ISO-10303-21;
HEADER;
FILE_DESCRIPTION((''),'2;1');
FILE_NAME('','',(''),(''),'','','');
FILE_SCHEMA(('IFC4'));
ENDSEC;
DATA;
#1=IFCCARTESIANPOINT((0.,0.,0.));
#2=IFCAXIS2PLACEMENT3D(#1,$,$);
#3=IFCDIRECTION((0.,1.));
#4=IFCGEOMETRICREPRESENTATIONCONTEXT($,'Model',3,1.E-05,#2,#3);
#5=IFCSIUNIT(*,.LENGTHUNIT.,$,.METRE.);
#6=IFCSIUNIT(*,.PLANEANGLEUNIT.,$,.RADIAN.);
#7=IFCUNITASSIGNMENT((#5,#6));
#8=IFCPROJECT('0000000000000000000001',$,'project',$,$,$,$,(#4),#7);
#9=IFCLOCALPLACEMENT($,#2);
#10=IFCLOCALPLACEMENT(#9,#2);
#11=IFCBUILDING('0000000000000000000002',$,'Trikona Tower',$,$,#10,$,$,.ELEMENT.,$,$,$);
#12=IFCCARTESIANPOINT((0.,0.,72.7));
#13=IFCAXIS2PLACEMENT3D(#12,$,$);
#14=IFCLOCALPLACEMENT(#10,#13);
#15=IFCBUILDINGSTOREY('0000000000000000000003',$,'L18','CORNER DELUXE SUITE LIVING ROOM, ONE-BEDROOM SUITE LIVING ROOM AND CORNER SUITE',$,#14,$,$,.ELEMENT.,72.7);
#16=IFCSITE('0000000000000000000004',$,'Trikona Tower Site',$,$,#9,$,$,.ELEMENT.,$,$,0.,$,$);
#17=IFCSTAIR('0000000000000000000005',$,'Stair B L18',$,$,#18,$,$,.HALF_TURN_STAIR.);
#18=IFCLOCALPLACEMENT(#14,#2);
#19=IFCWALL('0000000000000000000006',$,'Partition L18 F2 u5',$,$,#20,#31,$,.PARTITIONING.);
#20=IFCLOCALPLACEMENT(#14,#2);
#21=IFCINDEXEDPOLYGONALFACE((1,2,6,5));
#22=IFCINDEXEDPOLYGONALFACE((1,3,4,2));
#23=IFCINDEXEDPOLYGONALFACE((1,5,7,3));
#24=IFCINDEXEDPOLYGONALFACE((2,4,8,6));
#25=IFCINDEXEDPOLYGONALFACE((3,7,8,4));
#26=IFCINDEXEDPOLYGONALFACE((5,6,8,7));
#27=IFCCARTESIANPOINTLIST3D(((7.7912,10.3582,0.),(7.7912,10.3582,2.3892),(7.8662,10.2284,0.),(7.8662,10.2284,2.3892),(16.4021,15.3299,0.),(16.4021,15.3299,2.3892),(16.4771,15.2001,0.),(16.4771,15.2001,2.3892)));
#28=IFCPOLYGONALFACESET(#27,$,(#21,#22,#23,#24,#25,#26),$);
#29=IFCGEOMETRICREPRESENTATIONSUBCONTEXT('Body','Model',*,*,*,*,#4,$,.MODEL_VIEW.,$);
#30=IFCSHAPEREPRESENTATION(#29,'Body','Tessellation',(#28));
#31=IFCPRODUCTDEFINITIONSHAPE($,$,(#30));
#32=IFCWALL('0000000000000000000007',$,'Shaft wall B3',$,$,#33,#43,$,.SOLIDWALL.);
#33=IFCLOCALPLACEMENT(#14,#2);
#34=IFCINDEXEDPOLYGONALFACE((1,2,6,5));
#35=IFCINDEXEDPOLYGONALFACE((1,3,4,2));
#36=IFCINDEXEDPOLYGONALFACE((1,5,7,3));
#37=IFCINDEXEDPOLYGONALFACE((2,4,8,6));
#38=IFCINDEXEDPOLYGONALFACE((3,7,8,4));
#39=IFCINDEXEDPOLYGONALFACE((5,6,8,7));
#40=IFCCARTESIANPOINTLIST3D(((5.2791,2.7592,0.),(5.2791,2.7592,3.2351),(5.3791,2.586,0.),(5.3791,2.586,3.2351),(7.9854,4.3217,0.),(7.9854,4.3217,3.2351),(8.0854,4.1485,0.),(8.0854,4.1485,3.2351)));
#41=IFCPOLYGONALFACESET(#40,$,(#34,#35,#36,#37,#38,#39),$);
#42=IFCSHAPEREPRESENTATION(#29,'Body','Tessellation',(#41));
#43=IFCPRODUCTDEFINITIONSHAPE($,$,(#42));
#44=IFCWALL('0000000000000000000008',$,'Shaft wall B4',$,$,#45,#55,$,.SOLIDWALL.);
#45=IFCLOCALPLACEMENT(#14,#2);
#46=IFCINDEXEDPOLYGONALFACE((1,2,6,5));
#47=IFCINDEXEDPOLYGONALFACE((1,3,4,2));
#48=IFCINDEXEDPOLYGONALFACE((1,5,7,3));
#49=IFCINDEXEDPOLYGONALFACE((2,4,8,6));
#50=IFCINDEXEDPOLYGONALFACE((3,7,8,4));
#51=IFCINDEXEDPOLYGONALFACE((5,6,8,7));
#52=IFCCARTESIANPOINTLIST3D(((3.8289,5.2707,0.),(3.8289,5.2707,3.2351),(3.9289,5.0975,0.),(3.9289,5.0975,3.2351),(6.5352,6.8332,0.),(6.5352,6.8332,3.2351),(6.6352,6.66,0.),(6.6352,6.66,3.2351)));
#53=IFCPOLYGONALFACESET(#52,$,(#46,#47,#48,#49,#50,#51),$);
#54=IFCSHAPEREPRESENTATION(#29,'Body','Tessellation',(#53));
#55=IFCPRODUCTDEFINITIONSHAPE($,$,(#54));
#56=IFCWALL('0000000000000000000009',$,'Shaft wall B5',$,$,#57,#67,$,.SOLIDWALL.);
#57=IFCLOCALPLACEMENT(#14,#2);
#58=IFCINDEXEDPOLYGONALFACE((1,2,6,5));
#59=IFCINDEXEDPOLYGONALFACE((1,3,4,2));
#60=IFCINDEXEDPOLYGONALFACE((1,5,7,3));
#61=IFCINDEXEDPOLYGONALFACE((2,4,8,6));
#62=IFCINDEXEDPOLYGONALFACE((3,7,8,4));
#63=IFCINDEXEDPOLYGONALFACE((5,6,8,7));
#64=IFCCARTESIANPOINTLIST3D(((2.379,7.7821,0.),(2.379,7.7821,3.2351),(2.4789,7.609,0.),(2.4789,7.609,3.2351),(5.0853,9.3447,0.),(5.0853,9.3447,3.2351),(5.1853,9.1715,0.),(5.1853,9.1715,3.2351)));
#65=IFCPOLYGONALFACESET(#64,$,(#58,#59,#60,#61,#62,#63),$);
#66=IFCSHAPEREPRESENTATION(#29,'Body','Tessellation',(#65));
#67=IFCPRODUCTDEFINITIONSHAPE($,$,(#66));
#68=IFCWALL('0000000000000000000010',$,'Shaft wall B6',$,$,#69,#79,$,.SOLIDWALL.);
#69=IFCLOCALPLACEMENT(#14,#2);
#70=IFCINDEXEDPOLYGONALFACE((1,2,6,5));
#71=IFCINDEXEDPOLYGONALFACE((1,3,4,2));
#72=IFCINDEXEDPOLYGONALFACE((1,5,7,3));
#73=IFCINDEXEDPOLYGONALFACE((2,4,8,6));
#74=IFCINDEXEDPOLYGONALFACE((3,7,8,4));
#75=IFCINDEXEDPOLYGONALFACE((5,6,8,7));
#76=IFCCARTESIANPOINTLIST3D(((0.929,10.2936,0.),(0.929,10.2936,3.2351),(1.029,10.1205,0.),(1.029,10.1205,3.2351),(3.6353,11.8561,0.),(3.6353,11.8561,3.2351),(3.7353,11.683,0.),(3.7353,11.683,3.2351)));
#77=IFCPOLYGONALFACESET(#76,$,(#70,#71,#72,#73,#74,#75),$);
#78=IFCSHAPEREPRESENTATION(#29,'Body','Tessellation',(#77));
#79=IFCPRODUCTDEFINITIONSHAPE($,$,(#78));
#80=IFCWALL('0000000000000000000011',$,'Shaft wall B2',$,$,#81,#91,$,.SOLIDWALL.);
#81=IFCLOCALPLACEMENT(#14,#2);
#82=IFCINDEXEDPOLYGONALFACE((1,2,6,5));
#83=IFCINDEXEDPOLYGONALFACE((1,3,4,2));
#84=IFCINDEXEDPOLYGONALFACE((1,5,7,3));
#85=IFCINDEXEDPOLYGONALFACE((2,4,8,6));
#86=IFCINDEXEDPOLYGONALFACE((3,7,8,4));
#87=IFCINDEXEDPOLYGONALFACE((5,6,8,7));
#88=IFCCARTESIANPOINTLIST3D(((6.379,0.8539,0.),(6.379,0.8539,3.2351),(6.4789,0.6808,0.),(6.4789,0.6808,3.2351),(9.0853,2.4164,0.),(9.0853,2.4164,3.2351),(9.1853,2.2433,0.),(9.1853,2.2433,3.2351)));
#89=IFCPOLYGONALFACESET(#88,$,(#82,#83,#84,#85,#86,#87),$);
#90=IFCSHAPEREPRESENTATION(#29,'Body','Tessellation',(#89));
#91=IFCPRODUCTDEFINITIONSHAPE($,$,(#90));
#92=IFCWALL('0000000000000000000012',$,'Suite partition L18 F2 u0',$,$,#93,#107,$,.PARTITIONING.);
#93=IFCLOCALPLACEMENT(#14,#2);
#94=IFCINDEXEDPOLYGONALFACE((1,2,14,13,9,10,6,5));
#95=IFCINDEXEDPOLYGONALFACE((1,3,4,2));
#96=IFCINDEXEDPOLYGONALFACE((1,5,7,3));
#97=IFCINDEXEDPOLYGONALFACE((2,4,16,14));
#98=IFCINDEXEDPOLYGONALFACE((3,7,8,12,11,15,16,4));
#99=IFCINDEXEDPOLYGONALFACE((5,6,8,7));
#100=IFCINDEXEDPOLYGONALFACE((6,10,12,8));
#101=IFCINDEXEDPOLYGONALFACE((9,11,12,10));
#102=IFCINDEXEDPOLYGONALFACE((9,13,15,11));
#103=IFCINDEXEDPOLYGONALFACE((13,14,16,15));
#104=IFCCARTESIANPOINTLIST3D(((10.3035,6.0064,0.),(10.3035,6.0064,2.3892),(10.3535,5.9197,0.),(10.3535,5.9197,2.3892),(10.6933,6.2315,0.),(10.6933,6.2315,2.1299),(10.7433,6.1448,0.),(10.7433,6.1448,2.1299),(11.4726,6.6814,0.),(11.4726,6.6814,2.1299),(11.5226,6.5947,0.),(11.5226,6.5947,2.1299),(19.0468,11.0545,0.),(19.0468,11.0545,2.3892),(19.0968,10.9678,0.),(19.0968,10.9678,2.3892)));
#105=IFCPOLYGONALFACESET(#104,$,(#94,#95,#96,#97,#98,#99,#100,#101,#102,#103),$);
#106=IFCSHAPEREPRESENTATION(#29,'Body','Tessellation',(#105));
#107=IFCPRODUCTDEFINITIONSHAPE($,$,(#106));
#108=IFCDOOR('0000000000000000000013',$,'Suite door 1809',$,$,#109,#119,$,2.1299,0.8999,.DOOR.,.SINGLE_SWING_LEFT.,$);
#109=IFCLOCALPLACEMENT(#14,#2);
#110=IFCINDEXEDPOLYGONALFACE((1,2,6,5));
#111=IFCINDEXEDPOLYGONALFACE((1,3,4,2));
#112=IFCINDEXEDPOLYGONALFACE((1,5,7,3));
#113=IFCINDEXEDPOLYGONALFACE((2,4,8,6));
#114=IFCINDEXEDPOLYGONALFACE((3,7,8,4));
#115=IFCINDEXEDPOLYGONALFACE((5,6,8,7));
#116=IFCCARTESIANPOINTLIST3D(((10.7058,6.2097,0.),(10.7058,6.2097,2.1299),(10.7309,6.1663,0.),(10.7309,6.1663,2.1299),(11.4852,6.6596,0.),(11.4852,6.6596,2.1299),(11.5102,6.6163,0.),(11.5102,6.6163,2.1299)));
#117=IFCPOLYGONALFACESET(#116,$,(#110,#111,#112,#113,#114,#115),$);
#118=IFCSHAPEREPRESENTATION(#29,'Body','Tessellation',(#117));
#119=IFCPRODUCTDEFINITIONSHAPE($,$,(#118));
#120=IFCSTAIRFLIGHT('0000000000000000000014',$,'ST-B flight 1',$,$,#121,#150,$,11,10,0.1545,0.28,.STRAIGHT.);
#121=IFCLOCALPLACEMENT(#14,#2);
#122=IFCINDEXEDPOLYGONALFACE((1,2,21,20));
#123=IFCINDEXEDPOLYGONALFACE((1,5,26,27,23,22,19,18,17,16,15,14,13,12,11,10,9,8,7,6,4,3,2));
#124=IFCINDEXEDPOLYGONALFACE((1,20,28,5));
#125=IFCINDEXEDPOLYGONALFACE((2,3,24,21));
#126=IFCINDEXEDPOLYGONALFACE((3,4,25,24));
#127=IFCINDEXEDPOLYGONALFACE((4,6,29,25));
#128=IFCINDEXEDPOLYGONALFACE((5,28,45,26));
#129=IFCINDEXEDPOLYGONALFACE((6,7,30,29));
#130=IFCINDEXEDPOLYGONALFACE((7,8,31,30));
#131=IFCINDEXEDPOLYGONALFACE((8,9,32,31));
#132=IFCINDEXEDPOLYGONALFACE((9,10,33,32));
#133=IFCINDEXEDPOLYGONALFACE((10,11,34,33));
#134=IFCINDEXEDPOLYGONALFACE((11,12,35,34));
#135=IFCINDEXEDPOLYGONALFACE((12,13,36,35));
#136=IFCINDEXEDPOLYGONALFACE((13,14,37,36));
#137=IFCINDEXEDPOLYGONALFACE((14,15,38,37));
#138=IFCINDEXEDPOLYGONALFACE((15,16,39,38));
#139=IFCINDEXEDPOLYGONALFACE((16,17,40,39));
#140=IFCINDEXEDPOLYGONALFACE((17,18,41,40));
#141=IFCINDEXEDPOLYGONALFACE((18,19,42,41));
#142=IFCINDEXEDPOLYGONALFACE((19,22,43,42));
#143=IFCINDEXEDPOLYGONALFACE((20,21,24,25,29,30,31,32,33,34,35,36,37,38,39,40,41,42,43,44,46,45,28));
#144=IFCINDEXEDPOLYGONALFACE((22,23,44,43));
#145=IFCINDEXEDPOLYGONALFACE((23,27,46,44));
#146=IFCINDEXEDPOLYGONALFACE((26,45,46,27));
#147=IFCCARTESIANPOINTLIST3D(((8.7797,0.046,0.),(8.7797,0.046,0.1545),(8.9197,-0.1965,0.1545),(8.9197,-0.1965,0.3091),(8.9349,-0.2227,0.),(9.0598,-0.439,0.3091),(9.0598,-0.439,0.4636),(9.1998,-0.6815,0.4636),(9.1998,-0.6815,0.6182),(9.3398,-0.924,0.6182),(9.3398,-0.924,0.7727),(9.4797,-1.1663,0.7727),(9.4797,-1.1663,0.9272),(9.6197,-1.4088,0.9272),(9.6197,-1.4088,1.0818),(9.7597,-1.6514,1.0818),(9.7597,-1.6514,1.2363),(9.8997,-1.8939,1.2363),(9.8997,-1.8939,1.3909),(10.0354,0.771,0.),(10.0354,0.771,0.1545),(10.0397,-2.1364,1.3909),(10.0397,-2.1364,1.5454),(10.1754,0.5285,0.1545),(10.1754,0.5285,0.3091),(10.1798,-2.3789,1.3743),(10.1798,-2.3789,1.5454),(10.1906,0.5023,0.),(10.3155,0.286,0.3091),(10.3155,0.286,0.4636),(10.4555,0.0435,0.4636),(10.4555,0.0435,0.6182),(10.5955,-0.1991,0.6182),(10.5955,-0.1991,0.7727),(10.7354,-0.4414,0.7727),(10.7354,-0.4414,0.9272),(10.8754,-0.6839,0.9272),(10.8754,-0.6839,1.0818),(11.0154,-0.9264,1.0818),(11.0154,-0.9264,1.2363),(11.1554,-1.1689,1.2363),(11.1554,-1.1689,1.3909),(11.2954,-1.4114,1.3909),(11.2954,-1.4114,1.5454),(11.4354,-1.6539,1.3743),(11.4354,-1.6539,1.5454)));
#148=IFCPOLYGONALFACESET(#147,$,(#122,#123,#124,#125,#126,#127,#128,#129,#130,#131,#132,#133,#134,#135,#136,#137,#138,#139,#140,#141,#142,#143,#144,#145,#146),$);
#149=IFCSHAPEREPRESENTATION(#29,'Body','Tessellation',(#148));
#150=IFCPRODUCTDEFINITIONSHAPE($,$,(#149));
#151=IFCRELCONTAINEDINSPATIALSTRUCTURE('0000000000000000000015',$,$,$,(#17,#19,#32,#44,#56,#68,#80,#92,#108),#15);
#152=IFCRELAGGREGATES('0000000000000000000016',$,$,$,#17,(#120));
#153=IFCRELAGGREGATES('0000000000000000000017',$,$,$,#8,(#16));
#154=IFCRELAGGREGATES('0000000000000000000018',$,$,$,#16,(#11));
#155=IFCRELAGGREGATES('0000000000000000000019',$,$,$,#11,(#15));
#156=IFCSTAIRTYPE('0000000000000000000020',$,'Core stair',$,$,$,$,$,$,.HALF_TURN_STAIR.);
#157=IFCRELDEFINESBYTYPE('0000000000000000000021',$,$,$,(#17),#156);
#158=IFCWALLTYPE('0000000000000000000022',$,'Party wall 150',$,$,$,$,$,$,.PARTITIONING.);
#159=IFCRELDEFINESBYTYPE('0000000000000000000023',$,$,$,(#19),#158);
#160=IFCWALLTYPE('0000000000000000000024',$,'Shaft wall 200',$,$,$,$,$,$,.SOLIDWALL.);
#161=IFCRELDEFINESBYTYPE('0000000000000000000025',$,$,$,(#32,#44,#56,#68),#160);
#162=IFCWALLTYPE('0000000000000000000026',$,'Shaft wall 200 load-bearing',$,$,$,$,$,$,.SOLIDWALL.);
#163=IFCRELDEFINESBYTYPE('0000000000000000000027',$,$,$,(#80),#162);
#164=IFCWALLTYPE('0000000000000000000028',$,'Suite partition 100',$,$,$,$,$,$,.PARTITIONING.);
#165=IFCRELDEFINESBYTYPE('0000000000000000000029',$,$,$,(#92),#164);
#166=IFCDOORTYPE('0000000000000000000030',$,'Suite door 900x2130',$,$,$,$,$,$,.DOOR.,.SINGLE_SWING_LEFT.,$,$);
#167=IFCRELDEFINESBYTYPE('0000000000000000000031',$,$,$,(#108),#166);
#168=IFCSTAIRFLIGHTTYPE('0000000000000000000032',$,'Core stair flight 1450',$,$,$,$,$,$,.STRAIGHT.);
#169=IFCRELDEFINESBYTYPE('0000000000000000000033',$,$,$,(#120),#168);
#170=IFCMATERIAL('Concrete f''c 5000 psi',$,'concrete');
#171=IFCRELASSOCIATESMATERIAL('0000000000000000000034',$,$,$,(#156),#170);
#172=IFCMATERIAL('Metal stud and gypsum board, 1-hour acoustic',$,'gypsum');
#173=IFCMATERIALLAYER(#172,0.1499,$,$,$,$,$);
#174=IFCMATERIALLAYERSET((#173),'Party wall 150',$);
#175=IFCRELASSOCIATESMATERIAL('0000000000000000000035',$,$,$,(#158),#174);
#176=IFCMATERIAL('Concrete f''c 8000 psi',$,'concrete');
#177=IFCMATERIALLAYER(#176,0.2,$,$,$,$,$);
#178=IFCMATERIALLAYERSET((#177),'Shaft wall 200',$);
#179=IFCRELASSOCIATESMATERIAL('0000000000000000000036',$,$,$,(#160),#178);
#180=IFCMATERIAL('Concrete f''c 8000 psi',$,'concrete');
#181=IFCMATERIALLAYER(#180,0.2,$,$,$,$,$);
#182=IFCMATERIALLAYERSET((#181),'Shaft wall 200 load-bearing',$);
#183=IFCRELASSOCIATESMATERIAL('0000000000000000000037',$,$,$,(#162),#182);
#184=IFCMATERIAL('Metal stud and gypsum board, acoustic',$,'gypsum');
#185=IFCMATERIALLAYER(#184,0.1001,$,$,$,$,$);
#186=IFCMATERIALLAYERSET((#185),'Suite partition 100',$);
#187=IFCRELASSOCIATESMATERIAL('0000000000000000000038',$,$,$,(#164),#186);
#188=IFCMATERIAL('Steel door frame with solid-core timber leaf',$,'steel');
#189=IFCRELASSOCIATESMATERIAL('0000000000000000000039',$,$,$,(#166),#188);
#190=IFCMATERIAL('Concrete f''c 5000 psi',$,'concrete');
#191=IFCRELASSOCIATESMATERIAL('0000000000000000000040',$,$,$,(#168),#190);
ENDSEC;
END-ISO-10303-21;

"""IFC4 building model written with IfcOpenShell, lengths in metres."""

from ifc_helpers import new_model, si_unit, direction, frame, frame_2d, origin, place, context, subcontext, project, spatial, polyline, rectangle, outline, extrude, material, layer, layer_set, type_object, element, fill, aggregate, save


model = new_model("IFC4")

# Units and contexts
model_context = context("Model", 3, precision=1e-05, world=origin(), true_north=direction((0.0, 1.0)))
body_context = subcontext(model_context, "Body", "Model", "MODEL_VIEW")
ifc_project = project(units=[si_unit("LENGTHUNIT", "METRE"), si_unit("PLANEANGLEUNIT", "RADIAN")], contexts=[model_context])

# Site, building, storey
site_placement = place(None, origin())
site = spatial("IfcSite", under=ifc_project, at=site_placement, Name="Trikona Tower Site", CompositionType="ELEMENT", RefElevation=0.0)
building_placement = place(site_placement, origin())
building = spatial("IfcBuilding", under=site, at=building_placement, Name="Trikona Tower", CompositionType="ELEMENT")
storey_placement = place(building_placement, frame((0.0, 0.0, 72.7)))
storey = spatial("IfcBuildingStorey", under=building, at=storey_placement, Name="L18", Description="CORNER DELUXE SUITE LIVING ROOM, ONE-BEDROOM SUITE LIVING ROOM AND CORNER SUITE", CompositionType="ELEMENT", Elevation=72.7)

# Stair
ifc_material_1 = material(Name="Concrete f'c 5000 psi", Category="concrete")
stair_type = type_object("IfcStairType", Name="Core stair", PredefinedType="HALF_TURN_STAIR", material=ifc_material_1)
stair_1_placement = place(storey_placement, origin())
stair_1 = element("IfcStair", 1, at=stair_1_placement, inside=storey, type_object=stair_type, Name="Stair B L18", PredefinedType="HALF_TURN_STAIR")

# Walls
ifc_material_2 = material(Name="Metal stud and gypsum board, 1-hour acoustic", Category="gypsum")
ifc_layer_1 = layer(ifc_material_2, 0.1499)
ifc_layer_set_1 = layer_set([ifc_layer_1], Name="Party wall 150")
wall_type_1 = type_object("IfcWallType", Name="Party wall 150", PredefinedType="PARTITIONING", material=ifc_layer_set_1)
wall_1_placement = place(storey_placement, frame((7.8286, 10.2932, 0.0), z_axis=(0.0, 0.0, 1.0), x_axis=(0.866016, 0.500016, 0.0)))
element("IfcWall", 2, at=wall_1_placement, inside=storey, type_object=wall_type_1, Name="Partition L18 F2 u5", PredefinedType="PARTITIONING", context=body_context, shape_type="SweptSolid", body=[
    extrude(rectangle(XDim=9.9431, YDim=0.1499, at=frame_2d((4.9717, 0.0))), origin(), (0.0, 0.0, 1.0), 2.3892),
])
ifc_material_3 = material(Name="Concrete f'c 8000 psi", Category="concrete")
ifc_layer_2 = layer(ifc_material_3, 0.2)
ifc_layer_set_2 = layer_set([ifc_layer_2], Name="Shaft wall 200")
wall_type_2 = type_object("IfcWallType", Name="Shaft wall 200", PredefinedType="SOLIDWALL", material=ifc_layer_set_2)
for number, where, z_axis, x_axis, name in (
    (3, (5.3291, 2.6726, 0.0), (0.0, 0.0, 1.0), (0.866023, 0.500004, 0.0), "Shaft wall B3"),
    (4, (3.8789, 5.1841, 0.0), (0.0, 0.0, 1.0), (0.866023, 0.500004, 0.0), "Shaft wall B4"),
    (5, (2.429, 7.6956, 0.0), (0.0, 0.0, 1.0), (0.866023, 0.500004, 0.0), "Shaft wall B5"),
    (6, (0.979, 10.207, 0.0), (0.0, 0.0, 1.0), (0.866023, 0.500004, 0.0), "Shaft wall B6"),
):
    element("IfcWall", number, at=place(storey_placement, frame(where, z_axis=z_axis, x_axis=x_axis)), inside=storey, type_object=wall_type_2, Name=name, PredefinedType="SOLIDWALL", context=body_context, shape_type="SweptSolid", body=[
        extrude(rectangle(XDim=3.125, YDim=0.2, at=frame_2d((1.5625, 0.0))), origin(), (0.0, 0.0, 1.0), 3.2351),
    ])
ifc_material_4 = material(Name="Concrete f'c 8000 psi", Category="concrete")
ifc_layer_3 = layer(ifc_material_4, 0.2)
ifc_layer_set_3 = layer_set([ifc_layer_3], Name="Shaft wall 200 load-bearing")
wall_type_3 = type_object("IfcWallType", Name="Shaft wall 200 load-bearing", PredefinedType="SOLIDWALL", material=ifc_layer_set_3)
wall_2_placement = place(storey_placement, frame((6.429, 0.7673, 0.0), z_axis=(0.0, 0.0, 1.0), x_axis=(0.866023, 0.500004, 0.0)))
element("IfcWall", 7, at=wall_2_placement, inside=storey, type_object=wall_type_3, Name="Shaft wall B2", PredefinedType="SOLIDWALL", context=body_context, shape_type="SweptSolid", body=[
    extrude(rectangle(XDim=3.125, YDim=0.2, at=frame_2d((1.5625, 0.0))), origin(), (0.0, 0.0, 1.0), 3.2351),
])

# Wall, opening, door
ifc_material_5 = material(Name="Metal stud and gypsum board, acoustic", Category="gypsum")
ifc_layer_4 = layer(ifc_material_5, 0.1001)
ifc_layer_set_4 = layer_set([ifc_layer_4], Name="Suite partition 100")
wall_type_4 = type_object("IfcWallType", Name="Suite partition 100", PredefinedType="PARTITIONING", material=ifc_layer_set_4)
wall_3_placement = place(storey_placement, frame((10.3286, 5.9631, 0.0), z_axis=(0.0, 0.0, 1.0), x_axis=(0.866022, 0.500006, 0.0)))
wall_3 = element("IfcWall", 8, at=wall_3_placement, inside=storey, type_object=wall_type_4, Name="Suite partition L18 F2 u0", PredefinedType="PARTITIONING", context=body_context, shape_type="SweptSolid", body=[
    extrude(rectangle(XDim=10.0959, YDim=0.1001, at=frame_2d((5.0479, 0.0))), origin(), (0.0, 0.0, 1.0), 2.3892),
])
opening_1_placement = place(wall_3_placement, frame((0.45, 0.0, 0.0)))
opening_1 = element("IfcOpeningElement", 9, at=opening_1_placement, cuts=wall_3, PredefinedType="OPENING", context=body_context, shape_type="SweptSolid", body=[
    extrude(rectangle(XDim=0.8999, YDim=2.1299, at=frame_2d((0.45, 1.0649))), frame((0.0, 0.0601, 0.0), z_axis=(0.0, -1.0, 0.0), x_axis=(1.0, 0.0, 0.0)), (0.0, 0.0, 1.0), 0.1201),
])
ifc_material_6 = material(Name="Steel door frame with solid-core timber leaf", Category="steel")
door_type_1 = type_object("IfcDoorType", Name="Suite door 900x2130", OperationType="SINGLE_SWING_LEFT", PredefinedType="DOOR", material=ifc_material_6)
door_1_placement = place(opening_1_placement, origin())
door_1 = element("IfcDoor", 10, at=door_1_placement, inside=storey, type_object=door_type_1, Name="Suite door 1809", OperationType="SINGLE_SWING_LEFT", OverallHeight=2.1299, OverallWidth=0.8999, PredefinedType="DOOR", context=body_context, shape_type="SweptSolid", body=[
    extrude(rectangle(XDim=0.8999, YDim=2.1299, at=frame_2d((0.45, 1.0649))), frame((0.0, 0.0249, 0.0), z_axis=(0.0, -1.0, 0.0), x_axis=(1.0, 0.0, 0.0)), (0.0, 0.0, 1.0), 0.05),
])
fill(opening_1, door_1)

# Stair flight
ifc_material_7 = material(Name="Concrete f'c 5000 psi", Category="concrete")
stair_flight_type = type_object("IfcStairFlightType", Name="Core stair flight 1450", PredefinedType="STRAIGHT", material=ifc_material_7)
stair_flight_placement = place(storey_placement, frame((9.4075, 0.4084, 0.0), z_axis=(0.0, 0.0, 1.0), x_axis=(0.5, -0.866025, 0.0)))
stair_flight = element("IfcStairFlight", 11, at=stair_flight_placement, type_object=stair_flight_type, Name="ST-B flight 1", NumberOfRisers=11, NumberOfTreads=10, PredefinedType="STRAIGHT", RiserHeight=0.1545, TreadLength=0.28, context=body_context, shape_type="SweptSolid", body=[
    extrude(outline(polyline([(0.0, 0.0), (0.0, 0.1545), (0.28, 0.1545), (0.28, 0.3091), (0.5601, 0.3091), (0.5601, 0.4636), (0.8401, 0.4636), (0.8401, 0.6182), (1.1201, 0.6182), (1.1201, 0.7727), (1.3999, 0.7727), (1.3999, 0.9272), (1.6799, 0.9272), (1.6799, 1.0818), (1.96, 1.0818), (1.96, 1.2363), (2.24, 1.2363), (2.24, 1.3909), (2.52, 1.3909), (2.52, 1.5454), (2.8, 1.5454), (2.8, 1.7), (2.8, 1.3743), (0.3103, 0.0), (0.0, 0.0)])), frame((0.0, 0.7251, 0.0), z_axis=(0.0, -1.0, 0.0), x_axis=(1.0, 0.0, 0.0)), (0.0, 0.0, 1.0), 1.45),
])
aggregate(stair_1, [stair_flight])

save(model, "model.ifc")
